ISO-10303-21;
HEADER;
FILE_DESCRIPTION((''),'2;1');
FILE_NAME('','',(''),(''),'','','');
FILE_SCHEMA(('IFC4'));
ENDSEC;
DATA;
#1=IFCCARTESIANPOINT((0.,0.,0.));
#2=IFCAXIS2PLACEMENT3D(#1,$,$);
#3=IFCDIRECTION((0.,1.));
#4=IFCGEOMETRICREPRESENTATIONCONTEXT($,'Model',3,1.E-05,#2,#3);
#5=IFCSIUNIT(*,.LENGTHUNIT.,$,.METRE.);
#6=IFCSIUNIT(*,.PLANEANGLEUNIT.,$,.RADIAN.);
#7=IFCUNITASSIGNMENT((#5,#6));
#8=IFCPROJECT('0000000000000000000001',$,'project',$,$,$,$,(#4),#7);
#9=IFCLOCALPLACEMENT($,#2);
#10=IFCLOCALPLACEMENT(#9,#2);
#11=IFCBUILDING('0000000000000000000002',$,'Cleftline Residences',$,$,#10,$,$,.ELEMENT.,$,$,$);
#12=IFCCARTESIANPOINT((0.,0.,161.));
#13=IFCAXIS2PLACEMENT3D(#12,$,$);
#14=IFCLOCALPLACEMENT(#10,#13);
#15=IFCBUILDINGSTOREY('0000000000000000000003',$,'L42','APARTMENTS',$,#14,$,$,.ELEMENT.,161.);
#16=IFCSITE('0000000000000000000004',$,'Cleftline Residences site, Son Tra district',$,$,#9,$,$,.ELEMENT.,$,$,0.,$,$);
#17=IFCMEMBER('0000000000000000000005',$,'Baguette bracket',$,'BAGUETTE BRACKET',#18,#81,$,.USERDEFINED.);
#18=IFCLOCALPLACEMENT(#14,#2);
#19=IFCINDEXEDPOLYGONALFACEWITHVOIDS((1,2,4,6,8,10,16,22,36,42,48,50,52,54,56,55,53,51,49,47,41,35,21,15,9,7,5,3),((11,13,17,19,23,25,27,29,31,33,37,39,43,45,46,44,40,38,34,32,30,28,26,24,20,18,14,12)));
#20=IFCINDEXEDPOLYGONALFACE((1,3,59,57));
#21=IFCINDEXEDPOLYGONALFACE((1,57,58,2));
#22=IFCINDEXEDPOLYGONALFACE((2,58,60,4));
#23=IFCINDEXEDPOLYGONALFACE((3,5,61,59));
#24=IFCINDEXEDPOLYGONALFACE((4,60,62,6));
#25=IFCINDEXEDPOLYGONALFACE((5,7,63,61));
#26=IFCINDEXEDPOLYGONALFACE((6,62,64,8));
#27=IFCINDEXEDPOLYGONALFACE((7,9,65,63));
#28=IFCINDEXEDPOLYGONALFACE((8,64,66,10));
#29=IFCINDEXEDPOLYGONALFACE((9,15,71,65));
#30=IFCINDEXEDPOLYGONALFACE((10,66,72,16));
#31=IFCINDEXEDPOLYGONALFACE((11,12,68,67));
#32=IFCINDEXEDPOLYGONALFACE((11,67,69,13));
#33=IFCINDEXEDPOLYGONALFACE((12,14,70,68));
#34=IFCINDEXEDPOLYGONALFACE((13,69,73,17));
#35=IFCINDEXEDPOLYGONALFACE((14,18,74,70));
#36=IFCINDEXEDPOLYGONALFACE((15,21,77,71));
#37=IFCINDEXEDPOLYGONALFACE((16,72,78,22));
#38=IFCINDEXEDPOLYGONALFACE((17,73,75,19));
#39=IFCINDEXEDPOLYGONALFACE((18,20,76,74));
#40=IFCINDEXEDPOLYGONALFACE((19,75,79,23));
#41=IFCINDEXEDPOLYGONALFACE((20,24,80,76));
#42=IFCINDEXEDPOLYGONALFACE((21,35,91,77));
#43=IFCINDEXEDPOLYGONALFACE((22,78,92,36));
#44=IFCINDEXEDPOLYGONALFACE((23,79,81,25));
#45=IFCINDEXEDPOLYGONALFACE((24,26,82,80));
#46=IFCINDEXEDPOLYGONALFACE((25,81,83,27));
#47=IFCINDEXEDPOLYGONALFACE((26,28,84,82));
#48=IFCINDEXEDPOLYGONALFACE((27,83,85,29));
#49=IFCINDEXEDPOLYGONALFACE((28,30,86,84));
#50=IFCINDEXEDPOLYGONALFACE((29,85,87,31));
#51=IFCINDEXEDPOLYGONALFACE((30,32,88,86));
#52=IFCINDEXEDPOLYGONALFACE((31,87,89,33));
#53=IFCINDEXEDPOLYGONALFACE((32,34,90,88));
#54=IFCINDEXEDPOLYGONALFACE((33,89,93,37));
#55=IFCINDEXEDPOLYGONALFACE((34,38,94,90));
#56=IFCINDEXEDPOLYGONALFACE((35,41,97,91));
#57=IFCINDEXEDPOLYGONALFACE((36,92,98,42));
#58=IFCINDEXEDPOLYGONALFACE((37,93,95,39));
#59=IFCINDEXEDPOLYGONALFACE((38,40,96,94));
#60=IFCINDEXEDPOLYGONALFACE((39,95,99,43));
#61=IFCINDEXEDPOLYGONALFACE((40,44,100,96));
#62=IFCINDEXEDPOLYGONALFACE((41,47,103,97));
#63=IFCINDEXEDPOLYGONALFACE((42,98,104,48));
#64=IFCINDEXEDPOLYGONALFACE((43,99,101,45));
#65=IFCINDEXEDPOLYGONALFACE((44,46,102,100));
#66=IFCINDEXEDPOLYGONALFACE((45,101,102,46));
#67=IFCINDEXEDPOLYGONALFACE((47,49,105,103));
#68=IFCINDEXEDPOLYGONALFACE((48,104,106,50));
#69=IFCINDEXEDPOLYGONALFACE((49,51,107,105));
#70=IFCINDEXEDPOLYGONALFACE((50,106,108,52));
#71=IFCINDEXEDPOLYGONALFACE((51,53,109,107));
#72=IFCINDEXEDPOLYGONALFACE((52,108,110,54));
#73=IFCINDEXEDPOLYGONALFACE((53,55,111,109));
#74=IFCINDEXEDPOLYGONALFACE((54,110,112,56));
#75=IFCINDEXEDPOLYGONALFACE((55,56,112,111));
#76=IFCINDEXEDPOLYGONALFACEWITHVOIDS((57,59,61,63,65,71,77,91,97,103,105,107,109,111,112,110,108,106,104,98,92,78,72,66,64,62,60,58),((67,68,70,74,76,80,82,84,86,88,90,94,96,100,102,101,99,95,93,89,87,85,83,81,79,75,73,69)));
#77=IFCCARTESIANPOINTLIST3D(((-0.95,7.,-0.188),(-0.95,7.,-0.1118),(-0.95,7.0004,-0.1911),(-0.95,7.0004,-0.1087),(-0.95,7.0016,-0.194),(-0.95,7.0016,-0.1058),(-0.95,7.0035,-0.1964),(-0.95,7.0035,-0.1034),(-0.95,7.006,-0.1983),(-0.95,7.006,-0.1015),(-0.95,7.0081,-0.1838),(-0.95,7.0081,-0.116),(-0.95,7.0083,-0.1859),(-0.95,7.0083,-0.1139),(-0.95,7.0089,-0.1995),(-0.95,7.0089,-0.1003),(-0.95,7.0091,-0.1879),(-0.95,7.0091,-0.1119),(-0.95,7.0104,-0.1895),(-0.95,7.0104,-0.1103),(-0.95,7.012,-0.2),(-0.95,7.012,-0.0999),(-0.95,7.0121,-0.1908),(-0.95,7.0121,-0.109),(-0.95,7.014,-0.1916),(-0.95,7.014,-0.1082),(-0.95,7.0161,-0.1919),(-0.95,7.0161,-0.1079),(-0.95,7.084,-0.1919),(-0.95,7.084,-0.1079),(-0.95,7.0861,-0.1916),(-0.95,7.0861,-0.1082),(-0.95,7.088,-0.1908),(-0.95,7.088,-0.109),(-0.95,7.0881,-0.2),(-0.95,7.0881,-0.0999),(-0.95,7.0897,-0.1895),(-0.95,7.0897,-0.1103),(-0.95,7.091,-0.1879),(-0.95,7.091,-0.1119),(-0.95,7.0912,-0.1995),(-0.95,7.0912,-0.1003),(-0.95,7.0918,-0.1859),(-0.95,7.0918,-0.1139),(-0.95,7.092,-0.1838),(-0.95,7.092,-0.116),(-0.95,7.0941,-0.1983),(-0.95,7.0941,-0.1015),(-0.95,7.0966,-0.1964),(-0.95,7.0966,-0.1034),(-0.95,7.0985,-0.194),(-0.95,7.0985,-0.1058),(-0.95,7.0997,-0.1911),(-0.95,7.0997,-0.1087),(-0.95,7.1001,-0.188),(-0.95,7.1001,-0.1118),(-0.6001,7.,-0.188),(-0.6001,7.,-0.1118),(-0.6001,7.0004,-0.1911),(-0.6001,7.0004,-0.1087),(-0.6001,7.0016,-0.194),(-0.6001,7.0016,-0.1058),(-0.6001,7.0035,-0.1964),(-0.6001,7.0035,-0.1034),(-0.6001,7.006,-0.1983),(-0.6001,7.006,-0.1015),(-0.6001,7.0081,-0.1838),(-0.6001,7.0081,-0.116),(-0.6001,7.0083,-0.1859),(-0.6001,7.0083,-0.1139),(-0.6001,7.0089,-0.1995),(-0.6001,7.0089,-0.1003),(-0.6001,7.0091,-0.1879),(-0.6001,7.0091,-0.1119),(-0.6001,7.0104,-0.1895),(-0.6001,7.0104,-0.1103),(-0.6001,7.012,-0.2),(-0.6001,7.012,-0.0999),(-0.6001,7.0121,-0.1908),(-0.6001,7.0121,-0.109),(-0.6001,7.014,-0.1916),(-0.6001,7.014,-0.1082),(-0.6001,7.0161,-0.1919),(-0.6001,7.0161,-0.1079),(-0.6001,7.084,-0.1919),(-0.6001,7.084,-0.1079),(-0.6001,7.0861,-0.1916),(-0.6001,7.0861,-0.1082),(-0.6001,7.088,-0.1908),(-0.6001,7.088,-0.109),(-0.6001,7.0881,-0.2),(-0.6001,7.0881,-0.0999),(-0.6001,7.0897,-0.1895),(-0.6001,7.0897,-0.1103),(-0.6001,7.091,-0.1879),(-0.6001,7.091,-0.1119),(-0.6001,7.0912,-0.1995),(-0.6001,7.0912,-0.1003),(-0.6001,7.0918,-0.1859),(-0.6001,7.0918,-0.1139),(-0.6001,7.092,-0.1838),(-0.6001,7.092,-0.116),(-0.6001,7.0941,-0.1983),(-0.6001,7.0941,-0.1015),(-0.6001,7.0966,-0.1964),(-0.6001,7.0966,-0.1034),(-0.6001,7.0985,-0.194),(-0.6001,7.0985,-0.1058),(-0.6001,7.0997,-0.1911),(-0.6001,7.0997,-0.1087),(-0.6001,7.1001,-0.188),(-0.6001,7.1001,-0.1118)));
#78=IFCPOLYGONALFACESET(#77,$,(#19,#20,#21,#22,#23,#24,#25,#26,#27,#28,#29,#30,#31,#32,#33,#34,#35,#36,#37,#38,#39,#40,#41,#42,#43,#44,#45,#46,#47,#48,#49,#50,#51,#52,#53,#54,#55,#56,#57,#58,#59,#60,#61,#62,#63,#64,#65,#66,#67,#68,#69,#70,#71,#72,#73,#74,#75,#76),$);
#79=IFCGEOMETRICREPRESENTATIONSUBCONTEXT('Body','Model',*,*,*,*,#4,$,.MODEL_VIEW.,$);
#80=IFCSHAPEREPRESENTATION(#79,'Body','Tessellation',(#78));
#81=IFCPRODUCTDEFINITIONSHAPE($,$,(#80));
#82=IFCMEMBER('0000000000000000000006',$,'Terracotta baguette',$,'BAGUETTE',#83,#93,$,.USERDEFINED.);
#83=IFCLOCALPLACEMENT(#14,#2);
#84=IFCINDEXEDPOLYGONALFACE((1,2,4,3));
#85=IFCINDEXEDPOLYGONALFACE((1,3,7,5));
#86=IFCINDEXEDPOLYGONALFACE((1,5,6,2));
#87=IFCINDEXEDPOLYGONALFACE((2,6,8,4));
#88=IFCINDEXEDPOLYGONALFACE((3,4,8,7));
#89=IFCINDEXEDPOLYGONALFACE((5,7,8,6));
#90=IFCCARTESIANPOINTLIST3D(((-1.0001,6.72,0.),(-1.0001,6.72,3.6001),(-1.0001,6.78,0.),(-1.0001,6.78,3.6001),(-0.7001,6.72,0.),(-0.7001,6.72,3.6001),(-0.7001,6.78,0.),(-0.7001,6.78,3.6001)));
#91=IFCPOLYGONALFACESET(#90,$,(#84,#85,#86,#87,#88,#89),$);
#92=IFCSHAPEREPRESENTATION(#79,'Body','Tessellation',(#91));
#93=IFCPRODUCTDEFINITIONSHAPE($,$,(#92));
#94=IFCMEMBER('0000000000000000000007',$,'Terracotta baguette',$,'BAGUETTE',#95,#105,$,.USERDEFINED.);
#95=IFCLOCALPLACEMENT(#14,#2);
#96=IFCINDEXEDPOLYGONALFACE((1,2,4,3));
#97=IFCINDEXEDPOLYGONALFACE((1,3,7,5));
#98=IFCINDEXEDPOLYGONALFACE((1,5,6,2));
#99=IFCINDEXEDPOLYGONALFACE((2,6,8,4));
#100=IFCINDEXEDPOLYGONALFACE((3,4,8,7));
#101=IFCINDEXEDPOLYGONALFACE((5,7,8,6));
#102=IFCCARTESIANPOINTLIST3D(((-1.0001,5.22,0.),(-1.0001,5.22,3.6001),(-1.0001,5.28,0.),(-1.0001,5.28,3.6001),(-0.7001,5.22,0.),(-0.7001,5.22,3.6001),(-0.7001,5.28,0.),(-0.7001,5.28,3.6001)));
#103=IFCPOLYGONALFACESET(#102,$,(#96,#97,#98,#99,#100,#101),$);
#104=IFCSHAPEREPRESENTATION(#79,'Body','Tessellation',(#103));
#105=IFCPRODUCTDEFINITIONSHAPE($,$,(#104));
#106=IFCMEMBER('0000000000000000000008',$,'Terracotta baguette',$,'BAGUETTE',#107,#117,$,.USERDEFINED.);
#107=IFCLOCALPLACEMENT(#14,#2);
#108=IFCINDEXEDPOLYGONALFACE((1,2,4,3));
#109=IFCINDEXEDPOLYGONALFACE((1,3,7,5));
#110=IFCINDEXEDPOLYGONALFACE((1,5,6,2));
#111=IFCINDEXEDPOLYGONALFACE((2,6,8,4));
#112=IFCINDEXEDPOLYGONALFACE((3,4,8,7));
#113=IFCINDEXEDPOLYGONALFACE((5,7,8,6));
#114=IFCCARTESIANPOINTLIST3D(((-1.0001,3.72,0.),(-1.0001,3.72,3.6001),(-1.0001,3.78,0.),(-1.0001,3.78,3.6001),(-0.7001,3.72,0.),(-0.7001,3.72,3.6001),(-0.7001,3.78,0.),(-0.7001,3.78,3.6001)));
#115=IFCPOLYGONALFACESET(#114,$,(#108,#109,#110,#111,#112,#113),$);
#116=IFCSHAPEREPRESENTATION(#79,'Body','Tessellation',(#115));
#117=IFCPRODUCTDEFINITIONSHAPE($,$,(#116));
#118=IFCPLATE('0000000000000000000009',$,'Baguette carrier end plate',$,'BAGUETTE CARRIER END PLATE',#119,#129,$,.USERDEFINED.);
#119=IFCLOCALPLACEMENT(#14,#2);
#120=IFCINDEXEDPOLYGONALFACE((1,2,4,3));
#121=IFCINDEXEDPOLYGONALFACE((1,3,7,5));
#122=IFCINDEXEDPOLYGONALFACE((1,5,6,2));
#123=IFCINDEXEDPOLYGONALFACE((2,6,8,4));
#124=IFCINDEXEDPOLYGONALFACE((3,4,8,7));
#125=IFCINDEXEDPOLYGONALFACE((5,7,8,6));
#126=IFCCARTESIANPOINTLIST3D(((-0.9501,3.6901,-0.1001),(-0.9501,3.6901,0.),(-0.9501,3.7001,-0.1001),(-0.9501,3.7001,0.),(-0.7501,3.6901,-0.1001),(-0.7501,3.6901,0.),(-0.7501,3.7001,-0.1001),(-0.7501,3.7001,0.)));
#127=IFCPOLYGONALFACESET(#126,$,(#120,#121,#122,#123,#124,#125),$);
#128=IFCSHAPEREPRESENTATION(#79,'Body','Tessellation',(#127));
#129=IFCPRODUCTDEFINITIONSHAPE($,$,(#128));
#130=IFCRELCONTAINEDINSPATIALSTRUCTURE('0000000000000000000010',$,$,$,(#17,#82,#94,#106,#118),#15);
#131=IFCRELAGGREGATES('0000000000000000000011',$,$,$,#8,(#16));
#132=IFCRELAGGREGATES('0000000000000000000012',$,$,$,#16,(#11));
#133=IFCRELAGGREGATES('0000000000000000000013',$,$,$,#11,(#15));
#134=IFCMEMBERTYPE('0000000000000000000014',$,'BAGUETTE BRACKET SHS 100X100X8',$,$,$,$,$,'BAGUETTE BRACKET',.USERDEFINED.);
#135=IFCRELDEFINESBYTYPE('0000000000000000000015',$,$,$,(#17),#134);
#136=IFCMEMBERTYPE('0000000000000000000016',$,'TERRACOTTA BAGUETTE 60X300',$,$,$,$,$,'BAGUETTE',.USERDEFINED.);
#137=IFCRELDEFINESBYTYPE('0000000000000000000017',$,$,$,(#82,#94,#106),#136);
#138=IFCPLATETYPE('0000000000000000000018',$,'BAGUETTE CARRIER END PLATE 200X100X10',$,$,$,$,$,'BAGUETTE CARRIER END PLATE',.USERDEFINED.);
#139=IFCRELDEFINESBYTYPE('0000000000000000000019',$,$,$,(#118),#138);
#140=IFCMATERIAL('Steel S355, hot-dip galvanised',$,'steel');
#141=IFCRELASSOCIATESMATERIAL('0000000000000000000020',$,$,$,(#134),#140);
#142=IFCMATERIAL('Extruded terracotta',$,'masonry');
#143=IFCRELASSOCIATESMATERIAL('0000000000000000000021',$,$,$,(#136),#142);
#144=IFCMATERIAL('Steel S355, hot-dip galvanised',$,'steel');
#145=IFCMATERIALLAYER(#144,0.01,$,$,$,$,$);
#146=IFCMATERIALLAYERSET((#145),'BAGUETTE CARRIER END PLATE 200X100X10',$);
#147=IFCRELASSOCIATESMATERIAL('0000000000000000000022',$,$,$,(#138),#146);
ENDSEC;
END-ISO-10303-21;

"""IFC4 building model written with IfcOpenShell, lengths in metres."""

from ifc_helpers import new_model, si_unit, direction, frame, origin, origin_2d, place, context, subcontext, project, spatial, rectangle, hollow_rectangle, extrude, material, layer, layer_set, material_profile, profile_set, type_object, element, save


model = new_model("IFC4")

# Units and contexts
model_context = context("Model", 3, precision=1e-05, world=origin(), true_north=direction((0.0, 1.0)))
body_context = subcontext(model_context, "Body", "Model", "MODEL_VIEW")
ifc_project = project(units=[si_unit("LENGTHUNIT", "METRE"), si_unit("PLANEANGLEUNIT", "RADIAN")], contexts=[model_context])

# Site, building, storey
site_placement = place(None, origin())
site = spatial("IfcSite", under=ifc_project, at=site_placement, Name="Cleftline Residences site, Son Tra district", CompositionType="ELEMENT", RefElevation=0.0)
building_placement = place(site_placement, origin())
building = spatial("IfcBuilding", under=site, at=building_placement, Name="Cleftline Residences", CompositionType="ELEMENT")
storey_placement = place(building_placement, frame((0.0, 0.0, 161.0)))
storey = spatial("IfcBuildingStorey", under=building, at=storey_placement, Name="L42", Description="APARTMENTS", CompositionType="ELEMENT", Elevation=161.0)

# Members
ifc_material_1 = material(Name="Steel S355, hot-dip galvanised", Category="steel")
ifc_material_profile_1 = material_profile(ifc_material_1, hollow_rectangle(XDim=0.1001, YDim=0.1001, WallThickness=0.0081, InnerFilletRadius=0.0081, OuterFilletRadius=0.012, at=origin_2d()))
ifc_profile_set_1 = profile_set([ifc_material_profile_1], Name="Steel S355, hot-dip galvanised")
member_type_1 = type_object("IfcMemberType", Name="BAGUETTE BRACKET SHS 100X100X8", ElementType="BAGUETTE BRACKET", PredefinedType="USERDEFINED", material=ifc_profile_set_1)
member_placement = place(storey_placement, frame((-0.6001, 7.05, -0.1499), z_axis=(-1.0, 0.0, 0.0), x_axis=(0.0, -1.0, 0.0)))
element("IfcMember", 1, at=member_placement, inside=storey, type_object=member_type_1, Name="Baguette bracket", ObjectType="BAGUETTE BRACKET", PredefinedType="USERDEFINED", context=body_context, shape_type="SweptSolid", body=[
    extrude(hollow_rectangle(XDim=0.1001, YDim=0.1001, WallThickness=0.0081, InnerFilletRadius=0.0081, OuterFilletRadius=0.012, at=origin_2d()), origin(), (0.0, 0.0, 1.0), 0.3499),
])
ifc_material_2 = material(Name="Extruded terracotta", Category="masonry")
ifc_material_profile_2 = material_profile(ifc_material_2, rectangle(XDim=0.0601, YDim=0.3, at=origin_2d()))
ifc_profile_set_2 = profile_set([ifc_material_profile_2], Name="Extruded terracotta")
member_type_2 = type_object("IfcMemberType", Name="TERRACOTTA BAGUETTE 60X300", ElementType="BAGUETTE", PredefinedType="USERDEFINED", material=ifc_profile_set_2)
for number, where, z_axis, x_axis, name in (
    (2, (-0.8501, 6.75, 0.0), (0.0, 0.0, 1.0), (0.0, 1.0, 0.0), "Terracotta baguette"),
    (3, (-0.8501, 5.25, 0.0), (0.0, 0.0, 1.0), (0.0, 1.0, 0.0), "Terracotta baguette"),
    (4, (-0.8501, 3.75, 0.0), (0.0, 0.0, 1.0), (0.0, 1.0, 0.0), "Terracotta baguette"),
):
    element("IfcMember", number, at=place(storey_placement, frame(where, z_axis=z_axis, x_axis=x_axis)), inside=storey, type_object=member_type_2, Name=name, ObjectType="BAGUETTE", PredefinedType="USERDEFINED", context=body_context, shape_type="SweptSolid", body=[
        extrude(rectangle(XDim=0.0601, YDim=0.3, at=origin_2d()), origin(), (0.0, 0.0, 1.0), 3.6001),
    ])

# Plate
ifc_material_3 = material(Name="Steel S355, hot-dip galvanised", Category="steel")
ifc_layer_1 = layer(ifc_material_3, 0.01)
ifc_layer_set_1 = layer_set([ifc_layer_1], Name="BAGUETTE CARRIER END PLATE 200X100X10")
plate_type = type_object("IfcPlateType", Name="BAGUETTE CARRIER END PLATE 200X100X10", ElementType="BAGUETTE CARRIER END PLATE", PredefinedType="USERDEFINED", material=ifc_layer_set_1)
plate_placement = place(storey_placement, frame((-0.8501, 3.6951, -0.1001), z_axis=(0.0, 0.0, 1.0), x_axis=(-1.0, 0.0, 0.0)))
element("IfcPlate", 5, at=plate_placement, inside=storey, type_object=plate_type, Name="Baguette carrier end plate", ObjectType="BAGUETTE CARRIER END PLATE", PredefinedType="USERDEFINED", context=body_context, shape_type="SweptSolid", body=[
    extrude(rectangle(XDim=0.2, YDim=0.01, at=origin_2d()), origin(), (0.0, 0.0, 1.0), 0.1001),
])

save(model, "model.ifc")
